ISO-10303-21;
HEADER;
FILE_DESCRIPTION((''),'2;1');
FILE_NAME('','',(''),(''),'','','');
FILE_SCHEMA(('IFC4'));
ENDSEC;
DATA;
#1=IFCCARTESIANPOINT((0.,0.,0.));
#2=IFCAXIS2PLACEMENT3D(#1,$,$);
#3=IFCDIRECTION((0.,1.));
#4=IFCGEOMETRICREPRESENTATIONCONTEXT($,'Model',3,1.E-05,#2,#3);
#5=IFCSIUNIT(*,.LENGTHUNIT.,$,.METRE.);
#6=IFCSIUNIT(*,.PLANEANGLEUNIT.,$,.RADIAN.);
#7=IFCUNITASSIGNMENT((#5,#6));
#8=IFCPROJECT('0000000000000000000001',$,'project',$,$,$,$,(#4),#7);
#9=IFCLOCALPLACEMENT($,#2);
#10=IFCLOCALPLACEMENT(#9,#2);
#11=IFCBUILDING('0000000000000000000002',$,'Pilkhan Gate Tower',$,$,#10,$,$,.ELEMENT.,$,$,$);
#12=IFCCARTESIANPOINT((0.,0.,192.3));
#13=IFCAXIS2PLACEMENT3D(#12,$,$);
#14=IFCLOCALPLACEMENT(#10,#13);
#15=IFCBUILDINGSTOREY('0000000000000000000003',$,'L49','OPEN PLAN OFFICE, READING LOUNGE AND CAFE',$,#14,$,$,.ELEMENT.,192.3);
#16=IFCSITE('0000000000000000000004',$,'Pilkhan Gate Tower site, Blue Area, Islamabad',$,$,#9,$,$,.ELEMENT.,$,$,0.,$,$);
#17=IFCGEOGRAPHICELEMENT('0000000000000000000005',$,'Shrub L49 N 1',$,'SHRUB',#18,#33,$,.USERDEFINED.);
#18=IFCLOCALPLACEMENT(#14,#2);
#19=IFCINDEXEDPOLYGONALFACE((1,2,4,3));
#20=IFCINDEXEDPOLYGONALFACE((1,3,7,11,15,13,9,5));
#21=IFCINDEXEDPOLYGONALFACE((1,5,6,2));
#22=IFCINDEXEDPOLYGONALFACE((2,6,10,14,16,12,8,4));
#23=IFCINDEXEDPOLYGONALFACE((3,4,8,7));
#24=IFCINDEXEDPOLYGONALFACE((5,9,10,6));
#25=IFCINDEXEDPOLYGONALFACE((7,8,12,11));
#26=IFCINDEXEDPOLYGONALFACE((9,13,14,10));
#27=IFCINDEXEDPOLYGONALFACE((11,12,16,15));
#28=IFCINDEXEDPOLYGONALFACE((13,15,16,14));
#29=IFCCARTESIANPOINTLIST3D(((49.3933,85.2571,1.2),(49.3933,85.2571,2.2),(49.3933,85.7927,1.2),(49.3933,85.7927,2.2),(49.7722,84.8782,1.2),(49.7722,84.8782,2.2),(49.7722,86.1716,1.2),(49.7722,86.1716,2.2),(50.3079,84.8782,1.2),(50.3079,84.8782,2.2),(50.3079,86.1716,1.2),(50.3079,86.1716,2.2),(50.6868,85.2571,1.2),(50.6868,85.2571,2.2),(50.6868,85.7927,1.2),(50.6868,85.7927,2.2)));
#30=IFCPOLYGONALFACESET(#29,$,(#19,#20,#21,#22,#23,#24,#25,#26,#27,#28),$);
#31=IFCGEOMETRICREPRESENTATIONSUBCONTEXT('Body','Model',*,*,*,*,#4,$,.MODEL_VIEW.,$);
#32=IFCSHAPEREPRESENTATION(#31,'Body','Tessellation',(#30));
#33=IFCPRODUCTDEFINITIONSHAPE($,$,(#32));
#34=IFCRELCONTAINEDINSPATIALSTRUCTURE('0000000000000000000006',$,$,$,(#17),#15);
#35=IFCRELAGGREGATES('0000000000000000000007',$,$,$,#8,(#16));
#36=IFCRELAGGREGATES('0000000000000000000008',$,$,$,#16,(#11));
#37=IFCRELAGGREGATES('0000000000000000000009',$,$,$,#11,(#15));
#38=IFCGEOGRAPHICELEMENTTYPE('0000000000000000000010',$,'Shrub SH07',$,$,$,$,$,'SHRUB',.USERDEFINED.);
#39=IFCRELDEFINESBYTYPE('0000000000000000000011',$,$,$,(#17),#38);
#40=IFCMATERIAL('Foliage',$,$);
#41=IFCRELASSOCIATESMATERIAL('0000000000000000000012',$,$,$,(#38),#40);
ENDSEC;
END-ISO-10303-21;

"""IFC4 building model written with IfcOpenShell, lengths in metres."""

from ifc_helpers import new_model, si_unit, direction, frame, origin, place, context, subcontext, project, spatial, polyline, outline, extrude, material, material_profile, profile_set, type_object, element, save


model = new_model("IFC4")

# Units and contexts
model_context = context("Model", 3, precision=1e-05, world=origin(), true_north=direction((0.0, 1.0)))
body_context = subcontext(model_context, "Body", "Model", "MODEL_VIEW")
ifc_project = project(units=[si_unit("LENGTHUNIT", "METRE"), si_unit("PLANEANGLEUNIT", "RADIAN")], contexts=[model_context])

# Site, building, storey
site_placement = place(None, origin())
site = spatial("IfcSite", under=ifc_project, at=site_placement, Name="Pilkhan Gate Tower site, Blue Area, Islamabad", CompositionType="ELEMENT", RefElevation=0.0)
building_placement = place(site_placement, origin())
building = spatial("IfcBuilding", under=site, at=building_placement, Name="Pilkhan Gate Tower", CompositionType="ELEMENT")
storey_placement = place(building_placement, frame((0.0, 0.0, 192.3)))
storey = spatial("IfcBuildingStorey", under=building, at=storey_placement, Name="L49", Description="OPEN PLAN OFFICE, READING LOUNGE AND CAFE", CompositionType="ELEMENT", Elevation=192.3)

# Geographic element
ifc_material_1 = material(Name="Foliage")
ifc_material_profile_1 = material_profile(ifc_material_1, outline(polyline([(0.6467, 0.2678), (0.2678, 0.6467), (-0.2678, 0.6467), (-0.6467, 0.2678), (-0.6467, -0.2678), (-0.2678, -0.6467), (0.2678, -0.6467), (0.6467, -0.2678), (0.6467, 0.2678)])), Name="Shrub D1.4")
ifc_profile_set_1 = profile_set([ifc_material_profile_1], Name="Foliage")
geographic_element_type_1 = type_object("IfcGeographicElementType", Name="Shrub SH07", ElementType="SHRUB", PredefinedType="USERDEFINED", material=ifc_profile_set_1)
for number, where, z_axis, x_axis, name in (
    (1, (50.04, 85.5249, 1.2), (0.0, 0.0, 1.0), (1.0, 0.0, 0.0), "Shrub L49 N 1"),
):
    element("IfcGeographicElement", number, at=place(storey_placement, frame(where, z_axis=z_axis, x_axis=x_axis)), inside=storey, type_object=geographic_element_type_1, Name=name, ObjectType="SHRUB", PredefinedType="USERDEFINED", context=body_context, shape_type="SweptSolid", body=[
        extrude(outline(polyline([(0.6467, 0.2678), (0.2678, 0.6467), (-0.2678, 0.6467), (-0.6467, 0.2678), (-0.6467, -0.2678), (-0.2678, -0.6467), (0.2678, -0.6467), (0.6467, -0.2678), (0.6467, 0.2678)])), origin(), (0.0, 0.0, 1.0), 1.0),
    ])

save(model, "model.ifc")
